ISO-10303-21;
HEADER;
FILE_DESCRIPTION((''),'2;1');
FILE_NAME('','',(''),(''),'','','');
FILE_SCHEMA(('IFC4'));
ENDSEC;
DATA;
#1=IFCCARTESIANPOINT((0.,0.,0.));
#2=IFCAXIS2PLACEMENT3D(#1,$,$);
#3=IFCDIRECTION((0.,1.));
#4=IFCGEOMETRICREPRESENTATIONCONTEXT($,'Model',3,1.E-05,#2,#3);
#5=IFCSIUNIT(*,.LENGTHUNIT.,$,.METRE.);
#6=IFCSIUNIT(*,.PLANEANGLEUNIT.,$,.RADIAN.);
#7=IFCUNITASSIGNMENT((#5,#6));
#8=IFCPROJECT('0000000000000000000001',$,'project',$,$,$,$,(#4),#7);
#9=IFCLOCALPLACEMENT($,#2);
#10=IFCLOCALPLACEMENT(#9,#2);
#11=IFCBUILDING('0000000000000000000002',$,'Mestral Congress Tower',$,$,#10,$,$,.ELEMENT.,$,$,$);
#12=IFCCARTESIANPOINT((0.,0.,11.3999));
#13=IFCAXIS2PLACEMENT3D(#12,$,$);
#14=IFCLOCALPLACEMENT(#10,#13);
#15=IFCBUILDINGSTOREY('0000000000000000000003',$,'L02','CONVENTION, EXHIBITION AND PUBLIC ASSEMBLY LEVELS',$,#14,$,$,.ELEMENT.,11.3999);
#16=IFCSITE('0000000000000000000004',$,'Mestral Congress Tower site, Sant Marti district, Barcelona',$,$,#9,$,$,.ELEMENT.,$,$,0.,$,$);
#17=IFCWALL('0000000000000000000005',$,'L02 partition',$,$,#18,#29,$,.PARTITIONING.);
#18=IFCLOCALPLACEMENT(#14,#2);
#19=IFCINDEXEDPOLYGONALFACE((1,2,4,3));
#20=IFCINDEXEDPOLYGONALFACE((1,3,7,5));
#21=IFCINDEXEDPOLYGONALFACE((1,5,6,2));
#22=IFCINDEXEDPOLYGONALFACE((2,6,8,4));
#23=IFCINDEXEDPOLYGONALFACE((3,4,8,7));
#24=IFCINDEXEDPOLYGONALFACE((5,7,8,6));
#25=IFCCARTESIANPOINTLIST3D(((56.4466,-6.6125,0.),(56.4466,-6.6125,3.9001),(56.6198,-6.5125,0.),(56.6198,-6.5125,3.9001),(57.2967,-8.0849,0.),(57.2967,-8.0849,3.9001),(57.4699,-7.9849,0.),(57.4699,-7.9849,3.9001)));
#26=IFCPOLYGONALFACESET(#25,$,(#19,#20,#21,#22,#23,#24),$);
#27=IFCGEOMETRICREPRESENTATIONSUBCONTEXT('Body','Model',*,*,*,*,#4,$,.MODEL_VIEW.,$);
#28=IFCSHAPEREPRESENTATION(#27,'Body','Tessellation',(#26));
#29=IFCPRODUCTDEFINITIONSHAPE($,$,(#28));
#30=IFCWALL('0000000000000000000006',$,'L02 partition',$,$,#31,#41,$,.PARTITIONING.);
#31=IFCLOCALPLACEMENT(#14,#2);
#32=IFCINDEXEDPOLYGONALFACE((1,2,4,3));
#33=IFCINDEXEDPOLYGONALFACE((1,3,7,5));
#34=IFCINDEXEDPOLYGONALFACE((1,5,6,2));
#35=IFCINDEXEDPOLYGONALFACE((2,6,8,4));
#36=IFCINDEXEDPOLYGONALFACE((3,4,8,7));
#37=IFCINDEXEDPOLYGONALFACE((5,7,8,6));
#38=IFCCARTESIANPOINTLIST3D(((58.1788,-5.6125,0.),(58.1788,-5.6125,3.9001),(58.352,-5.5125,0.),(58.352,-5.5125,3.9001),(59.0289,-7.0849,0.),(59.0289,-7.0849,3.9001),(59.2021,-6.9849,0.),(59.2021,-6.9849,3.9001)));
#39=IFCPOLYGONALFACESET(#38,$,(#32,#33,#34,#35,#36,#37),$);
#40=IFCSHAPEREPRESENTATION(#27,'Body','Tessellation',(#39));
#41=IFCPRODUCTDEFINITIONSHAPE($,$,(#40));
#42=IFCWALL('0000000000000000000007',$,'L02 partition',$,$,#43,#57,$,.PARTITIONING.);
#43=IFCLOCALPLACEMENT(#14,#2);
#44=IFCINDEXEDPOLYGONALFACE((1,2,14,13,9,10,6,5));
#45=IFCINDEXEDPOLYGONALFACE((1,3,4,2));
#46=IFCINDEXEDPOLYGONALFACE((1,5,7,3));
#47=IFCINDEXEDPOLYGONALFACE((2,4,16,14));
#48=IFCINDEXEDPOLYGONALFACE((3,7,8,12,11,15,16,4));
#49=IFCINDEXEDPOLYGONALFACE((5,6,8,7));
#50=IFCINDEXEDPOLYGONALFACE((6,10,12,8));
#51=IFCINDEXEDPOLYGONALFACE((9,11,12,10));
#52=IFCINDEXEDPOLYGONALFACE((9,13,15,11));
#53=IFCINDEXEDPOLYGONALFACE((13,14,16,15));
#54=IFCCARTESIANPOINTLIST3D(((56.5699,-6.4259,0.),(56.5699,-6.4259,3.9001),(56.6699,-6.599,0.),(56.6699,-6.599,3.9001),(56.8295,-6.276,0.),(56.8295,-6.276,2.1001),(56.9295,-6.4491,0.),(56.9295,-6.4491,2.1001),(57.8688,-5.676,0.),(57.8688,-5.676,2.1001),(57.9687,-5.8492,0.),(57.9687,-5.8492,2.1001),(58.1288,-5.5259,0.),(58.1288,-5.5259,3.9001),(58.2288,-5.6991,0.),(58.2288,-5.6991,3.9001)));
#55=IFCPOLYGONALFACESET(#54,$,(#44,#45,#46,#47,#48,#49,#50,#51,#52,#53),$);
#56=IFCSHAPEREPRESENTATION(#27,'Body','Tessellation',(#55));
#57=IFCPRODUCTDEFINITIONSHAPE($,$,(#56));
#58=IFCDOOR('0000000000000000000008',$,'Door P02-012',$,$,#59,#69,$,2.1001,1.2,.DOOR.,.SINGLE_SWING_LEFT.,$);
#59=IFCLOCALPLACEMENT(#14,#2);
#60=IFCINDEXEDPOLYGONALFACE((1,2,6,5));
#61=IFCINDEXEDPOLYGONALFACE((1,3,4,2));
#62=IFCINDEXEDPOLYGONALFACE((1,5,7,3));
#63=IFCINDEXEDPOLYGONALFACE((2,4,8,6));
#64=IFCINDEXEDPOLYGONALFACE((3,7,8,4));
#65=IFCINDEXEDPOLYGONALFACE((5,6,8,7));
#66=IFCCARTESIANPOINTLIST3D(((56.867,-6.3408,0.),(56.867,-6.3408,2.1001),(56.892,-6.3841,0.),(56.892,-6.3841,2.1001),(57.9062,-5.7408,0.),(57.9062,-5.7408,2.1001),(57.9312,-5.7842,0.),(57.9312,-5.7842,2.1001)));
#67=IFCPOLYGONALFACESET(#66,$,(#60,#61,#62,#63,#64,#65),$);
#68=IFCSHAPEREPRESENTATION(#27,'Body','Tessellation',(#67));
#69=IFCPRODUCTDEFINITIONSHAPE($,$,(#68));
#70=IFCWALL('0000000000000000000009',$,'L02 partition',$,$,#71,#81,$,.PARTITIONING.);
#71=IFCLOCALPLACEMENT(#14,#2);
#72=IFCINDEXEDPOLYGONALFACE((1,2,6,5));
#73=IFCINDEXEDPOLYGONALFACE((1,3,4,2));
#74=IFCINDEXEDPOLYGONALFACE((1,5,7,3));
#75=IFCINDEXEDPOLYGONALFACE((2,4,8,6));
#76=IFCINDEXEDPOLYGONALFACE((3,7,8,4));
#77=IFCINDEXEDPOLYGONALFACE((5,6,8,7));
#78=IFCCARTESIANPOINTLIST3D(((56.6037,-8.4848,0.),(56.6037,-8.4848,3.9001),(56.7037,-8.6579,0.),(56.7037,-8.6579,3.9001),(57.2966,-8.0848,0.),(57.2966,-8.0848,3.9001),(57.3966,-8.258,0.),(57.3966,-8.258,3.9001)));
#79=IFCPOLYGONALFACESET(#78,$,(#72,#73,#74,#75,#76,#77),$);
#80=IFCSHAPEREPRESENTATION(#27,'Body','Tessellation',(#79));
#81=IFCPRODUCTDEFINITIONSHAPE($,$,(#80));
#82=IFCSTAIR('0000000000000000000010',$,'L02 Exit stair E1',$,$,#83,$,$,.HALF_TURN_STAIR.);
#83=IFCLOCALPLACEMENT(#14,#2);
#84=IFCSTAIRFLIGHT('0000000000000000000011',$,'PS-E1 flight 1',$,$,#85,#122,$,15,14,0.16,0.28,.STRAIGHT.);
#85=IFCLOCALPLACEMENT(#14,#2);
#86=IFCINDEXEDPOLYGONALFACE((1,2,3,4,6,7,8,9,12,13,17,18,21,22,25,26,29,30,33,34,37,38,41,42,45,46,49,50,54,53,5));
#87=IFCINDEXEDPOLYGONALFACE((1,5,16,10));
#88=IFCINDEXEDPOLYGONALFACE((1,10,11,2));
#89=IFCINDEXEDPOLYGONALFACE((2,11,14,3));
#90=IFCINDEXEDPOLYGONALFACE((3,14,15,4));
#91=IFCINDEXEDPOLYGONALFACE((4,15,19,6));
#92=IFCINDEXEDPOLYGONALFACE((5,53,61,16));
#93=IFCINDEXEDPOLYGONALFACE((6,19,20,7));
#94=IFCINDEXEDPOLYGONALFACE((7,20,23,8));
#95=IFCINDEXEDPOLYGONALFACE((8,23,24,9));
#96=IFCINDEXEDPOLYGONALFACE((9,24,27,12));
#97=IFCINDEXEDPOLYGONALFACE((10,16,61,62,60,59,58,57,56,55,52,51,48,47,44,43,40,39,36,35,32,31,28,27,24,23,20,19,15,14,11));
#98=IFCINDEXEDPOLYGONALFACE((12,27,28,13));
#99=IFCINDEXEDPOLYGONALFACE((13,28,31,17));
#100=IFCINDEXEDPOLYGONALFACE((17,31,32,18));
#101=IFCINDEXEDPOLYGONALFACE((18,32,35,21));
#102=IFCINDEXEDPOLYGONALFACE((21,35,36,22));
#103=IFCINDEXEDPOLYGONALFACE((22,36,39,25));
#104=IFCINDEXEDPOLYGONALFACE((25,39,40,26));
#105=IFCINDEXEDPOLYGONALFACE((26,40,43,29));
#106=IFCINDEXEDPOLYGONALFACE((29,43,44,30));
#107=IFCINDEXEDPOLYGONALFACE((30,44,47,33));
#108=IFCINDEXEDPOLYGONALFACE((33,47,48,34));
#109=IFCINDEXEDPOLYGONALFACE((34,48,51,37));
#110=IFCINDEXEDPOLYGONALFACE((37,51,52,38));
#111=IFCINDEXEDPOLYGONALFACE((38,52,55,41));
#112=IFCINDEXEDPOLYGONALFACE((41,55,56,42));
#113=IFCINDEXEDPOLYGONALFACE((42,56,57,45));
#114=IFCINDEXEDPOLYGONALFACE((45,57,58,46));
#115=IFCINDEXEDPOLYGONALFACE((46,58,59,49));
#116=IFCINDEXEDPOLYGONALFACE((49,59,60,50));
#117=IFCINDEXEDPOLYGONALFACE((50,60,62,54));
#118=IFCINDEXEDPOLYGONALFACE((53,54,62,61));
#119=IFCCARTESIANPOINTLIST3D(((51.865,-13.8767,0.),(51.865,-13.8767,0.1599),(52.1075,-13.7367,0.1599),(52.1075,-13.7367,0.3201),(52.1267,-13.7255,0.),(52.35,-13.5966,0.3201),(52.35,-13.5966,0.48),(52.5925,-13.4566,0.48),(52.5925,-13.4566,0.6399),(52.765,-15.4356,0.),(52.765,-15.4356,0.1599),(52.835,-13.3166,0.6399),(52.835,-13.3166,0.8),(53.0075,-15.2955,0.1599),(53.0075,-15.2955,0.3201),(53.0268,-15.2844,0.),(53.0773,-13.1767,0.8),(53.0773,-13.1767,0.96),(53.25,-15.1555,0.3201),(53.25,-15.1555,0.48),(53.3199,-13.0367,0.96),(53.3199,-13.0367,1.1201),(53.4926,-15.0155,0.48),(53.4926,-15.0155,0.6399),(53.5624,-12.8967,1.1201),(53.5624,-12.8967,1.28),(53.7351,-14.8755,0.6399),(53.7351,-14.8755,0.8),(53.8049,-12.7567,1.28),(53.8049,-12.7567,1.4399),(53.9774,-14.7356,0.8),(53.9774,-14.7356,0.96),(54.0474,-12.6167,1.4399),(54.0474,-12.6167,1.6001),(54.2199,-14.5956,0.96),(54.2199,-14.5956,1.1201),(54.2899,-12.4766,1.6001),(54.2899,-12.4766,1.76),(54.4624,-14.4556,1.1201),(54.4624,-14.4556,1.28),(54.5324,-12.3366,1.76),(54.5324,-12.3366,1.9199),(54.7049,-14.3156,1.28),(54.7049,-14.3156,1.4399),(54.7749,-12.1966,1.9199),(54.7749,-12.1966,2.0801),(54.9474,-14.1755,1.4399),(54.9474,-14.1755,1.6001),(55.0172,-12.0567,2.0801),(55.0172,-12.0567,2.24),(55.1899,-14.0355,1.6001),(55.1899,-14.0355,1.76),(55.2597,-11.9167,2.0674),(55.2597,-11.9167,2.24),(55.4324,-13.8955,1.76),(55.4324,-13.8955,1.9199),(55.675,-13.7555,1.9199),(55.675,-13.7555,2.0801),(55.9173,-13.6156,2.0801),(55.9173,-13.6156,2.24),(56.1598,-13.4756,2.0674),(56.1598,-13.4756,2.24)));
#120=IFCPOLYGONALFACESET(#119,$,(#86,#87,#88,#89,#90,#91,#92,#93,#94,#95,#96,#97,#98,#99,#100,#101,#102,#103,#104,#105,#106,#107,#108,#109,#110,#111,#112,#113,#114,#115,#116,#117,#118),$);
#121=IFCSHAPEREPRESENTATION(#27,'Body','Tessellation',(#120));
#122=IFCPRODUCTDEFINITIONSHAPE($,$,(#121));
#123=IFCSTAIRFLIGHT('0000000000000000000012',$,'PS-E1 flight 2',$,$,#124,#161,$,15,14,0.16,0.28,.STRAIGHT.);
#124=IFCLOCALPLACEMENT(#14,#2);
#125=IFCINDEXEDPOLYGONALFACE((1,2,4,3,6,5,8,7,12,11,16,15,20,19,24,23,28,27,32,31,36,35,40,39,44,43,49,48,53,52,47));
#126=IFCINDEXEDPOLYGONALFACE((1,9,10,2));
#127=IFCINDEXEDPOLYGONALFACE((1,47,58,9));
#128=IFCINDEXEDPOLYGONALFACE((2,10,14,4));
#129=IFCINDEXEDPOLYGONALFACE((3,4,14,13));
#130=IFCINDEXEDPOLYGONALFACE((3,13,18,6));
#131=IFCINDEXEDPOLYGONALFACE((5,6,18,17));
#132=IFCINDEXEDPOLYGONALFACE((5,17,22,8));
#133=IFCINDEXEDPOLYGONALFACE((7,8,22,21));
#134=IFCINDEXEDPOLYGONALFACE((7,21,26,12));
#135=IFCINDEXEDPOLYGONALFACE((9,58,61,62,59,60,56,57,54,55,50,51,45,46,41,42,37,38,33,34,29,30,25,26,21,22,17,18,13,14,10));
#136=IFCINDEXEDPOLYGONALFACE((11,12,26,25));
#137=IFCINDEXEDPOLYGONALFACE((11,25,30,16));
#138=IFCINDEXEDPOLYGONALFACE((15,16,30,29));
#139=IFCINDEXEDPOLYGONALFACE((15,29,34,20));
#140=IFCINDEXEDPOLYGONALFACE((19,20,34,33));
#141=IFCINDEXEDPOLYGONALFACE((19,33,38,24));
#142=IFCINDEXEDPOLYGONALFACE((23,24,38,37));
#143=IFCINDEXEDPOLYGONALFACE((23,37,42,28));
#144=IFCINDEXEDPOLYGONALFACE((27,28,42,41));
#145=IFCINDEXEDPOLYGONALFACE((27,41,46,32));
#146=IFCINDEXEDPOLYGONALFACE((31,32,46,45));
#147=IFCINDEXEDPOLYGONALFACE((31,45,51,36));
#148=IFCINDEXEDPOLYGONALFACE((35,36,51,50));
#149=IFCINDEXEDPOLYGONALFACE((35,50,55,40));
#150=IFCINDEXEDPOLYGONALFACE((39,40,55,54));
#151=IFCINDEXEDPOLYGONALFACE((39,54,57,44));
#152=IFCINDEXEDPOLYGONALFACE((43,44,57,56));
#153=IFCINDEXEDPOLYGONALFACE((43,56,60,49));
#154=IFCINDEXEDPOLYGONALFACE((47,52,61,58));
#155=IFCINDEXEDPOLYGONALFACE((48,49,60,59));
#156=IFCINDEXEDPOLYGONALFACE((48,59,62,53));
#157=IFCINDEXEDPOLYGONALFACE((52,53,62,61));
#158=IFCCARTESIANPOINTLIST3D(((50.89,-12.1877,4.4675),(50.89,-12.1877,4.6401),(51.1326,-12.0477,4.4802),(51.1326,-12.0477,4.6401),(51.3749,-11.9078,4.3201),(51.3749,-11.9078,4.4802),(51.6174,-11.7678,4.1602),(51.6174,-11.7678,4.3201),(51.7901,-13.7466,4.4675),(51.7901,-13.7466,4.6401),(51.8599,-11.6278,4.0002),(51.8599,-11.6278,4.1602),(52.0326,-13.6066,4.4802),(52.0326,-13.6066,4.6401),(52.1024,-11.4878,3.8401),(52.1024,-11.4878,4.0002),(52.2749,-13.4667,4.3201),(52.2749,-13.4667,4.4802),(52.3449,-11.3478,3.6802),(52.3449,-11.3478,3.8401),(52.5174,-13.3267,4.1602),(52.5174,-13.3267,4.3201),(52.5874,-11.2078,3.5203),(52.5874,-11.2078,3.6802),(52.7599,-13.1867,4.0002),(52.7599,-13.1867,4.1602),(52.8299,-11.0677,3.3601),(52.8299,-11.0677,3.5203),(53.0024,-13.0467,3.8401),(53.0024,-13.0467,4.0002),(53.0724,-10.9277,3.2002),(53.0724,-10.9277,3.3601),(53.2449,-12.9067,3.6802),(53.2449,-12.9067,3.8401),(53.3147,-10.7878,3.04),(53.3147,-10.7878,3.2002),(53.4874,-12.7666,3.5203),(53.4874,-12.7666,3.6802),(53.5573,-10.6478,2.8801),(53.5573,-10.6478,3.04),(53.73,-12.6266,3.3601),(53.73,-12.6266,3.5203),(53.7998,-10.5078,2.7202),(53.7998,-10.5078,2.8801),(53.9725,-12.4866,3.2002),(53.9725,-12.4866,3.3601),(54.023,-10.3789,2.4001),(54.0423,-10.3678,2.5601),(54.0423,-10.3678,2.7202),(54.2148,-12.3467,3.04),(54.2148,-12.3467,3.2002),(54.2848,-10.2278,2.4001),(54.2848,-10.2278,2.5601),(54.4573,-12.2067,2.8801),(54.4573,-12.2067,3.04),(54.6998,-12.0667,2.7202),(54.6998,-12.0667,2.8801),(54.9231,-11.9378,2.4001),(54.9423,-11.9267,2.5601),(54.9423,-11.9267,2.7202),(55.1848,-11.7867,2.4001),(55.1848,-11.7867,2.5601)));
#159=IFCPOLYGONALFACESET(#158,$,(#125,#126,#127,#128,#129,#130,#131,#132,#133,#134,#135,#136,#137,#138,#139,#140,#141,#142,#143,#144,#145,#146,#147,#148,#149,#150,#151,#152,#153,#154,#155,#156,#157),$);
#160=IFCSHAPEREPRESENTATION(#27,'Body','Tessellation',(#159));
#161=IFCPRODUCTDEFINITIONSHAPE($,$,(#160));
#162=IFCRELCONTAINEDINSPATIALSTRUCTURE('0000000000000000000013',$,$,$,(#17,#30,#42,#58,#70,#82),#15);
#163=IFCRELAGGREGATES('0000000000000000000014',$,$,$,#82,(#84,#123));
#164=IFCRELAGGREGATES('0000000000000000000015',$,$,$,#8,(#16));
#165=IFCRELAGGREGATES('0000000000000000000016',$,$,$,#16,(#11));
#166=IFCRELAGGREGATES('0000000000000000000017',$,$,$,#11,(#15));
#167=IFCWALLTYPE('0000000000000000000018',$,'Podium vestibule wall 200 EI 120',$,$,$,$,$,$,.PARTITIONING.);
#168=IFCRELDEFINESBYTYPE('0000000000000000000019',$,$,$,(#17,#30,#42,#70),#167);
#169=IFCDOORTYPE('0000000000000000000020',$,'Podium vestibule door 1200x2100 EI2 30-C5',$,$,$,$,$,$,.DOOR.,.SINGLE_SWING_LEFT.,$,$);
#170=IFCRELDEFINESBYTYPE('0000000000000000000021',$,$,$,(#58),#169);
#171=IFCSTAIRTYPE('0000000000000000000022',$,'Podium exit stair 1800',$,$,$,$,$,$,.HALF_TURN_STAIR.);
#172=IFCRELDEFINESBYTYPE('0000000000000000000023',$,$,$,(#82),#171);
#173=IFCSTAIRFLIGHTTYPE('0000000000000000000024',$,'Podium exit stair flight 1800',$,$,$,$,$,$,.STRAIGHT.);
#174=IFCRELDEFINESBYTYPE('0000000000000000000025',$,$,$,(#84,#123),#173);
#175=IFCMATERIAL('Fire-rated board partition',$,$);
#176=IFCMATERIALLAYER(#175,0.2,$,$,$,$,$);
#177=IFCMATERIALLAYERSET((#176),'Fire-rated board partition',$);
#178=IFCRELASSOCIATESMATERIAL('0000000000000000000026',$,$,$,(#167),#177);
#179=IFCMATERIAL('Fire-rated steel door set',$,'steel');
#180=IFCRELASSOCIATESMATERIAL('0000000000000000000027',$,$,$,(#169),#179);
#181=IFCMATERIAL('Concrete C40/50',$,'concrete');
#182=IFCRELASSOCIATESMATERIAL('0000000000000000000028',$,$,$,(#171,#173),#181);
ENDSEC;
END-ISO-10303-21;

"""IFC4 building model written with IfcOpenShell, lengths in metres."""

from ifc_helpers import new_model, si_unit, direction, frame, frame_2d, origin, place, context, subcontext, project, spatial, polyline, rectangle, outline, extrude, material, layer, layer_set, type_object, element, fill, aggregate, save


model = new_model("IFC4")

# Units and contexts
model_context = context("Model", 3, precision=1e-05, world=origin(), true_north=direction((0.0, 1.0)))
body_context = subcontext(model_context, "Body", "Model", "MODEL_VIEW")
ifc_project = project(units=[si_unit("LENGTHUNIT", "METRE"), si_unit("PLANEANGLEUNIT", "RADIAN")], contexts=[model_context])

# Site, building, storey
site_placement = place(None, origin())
site = spatial("IfcSite", under=ifc_project, at=site_placement, Name="Mestral Congress Tower site, Sant Marti district, Barcelona", CompositionType="ELEMENT", RefElevation=0.0)
building_placement = place(site_placement, origin())
building = spatial("IfcBuilding", under=site, at=building_placement, Name="Mestral Congress Tower", CompositionType="ELEMENT")
storey_placement = place(building_placement, frame((0.0, 0.0, 11.3999)))
storey = spatial("IfcBuildingStorey", under=building, at=storey_placement, Name="L02", Description="CONVENTION, EXHIBITION AND PUBLIC ASSEMBLY LEVELS", CompositionType="ELEMENT", Elevation=11.3999)

# Shared definitions
ifc_material_1 = material(Name="Fire-rated steel door set", Category="steel")

# Walls
ifc_material_2 = material(Name="Fire-rated board partition")
ifc_layer_1 = layer(ifc_material_2, 0.2)
ifc_layer_set_1 = layer_set([ifc_layer_1], Name="Fire-rated board partition")
wall_type_1 = type_object("IfcWallType", Name="Podium vestibule wall 200 EI 120", PredefinedType="PARTITIONING", material=ifc_layer_set_1)
for number, where, z_axis, x_axis, name in (
    (1, (57.3833, -8.0349, 0.0), (0.0, 0.0, 1.0), (-0.5, 0.866025, 0.0), "L02 partition"),
    (2, (59.1155, -7.0349, 0.0), (0.0, 0.0, 1.0), (-0.5, 0.866025, 0.0), "L02 partition"),
):
    element("IfcWall", number, at=place(storey_placement, frame(where, z_axis=z_axis, x_axis=x_axis)), inside=storey, type_object=wall_type_1, Name=name, PredefinedType="PARTITIONING", context=body_context, shape_type="SweptSolid", body=[
        extrude(rectangle(XDim=1.7002, YDim=0.2, at=frame_2d((0.8501, 0.0))), origin(), (0.0, 0.0, 1.0), 3.9001),
    ])

# Wall, opening, door
wall_1_placement = place(storey_placement, frame((58.1787, -5.6125, 0.0), z_axis=(0.0, 0.0, 1.0), x_axis=(-0.866048, -0.499961, 0.0)))
wall_1 = element("IfcWall", 3, at=wall_1_placement, inside=storey, type_object=wall_type_1, Name="L02 partition", PredefinedType="PARTITIONING", context=body_context, shape_type="SweptSolid", body=[
    extrude(rectangle(XDim=1.8, YDim=0.2, at=frame_2d((0.8999, 0.0))), origin(), (0.0, 0.0, 1.0), 3.9001),
])
opening_1_placement = place(wall_1_placement, frame((0.3, 0.0, 0.0)))
opening_1 = element("IfcOpeningElement", 4, at=opening_1_placement, cuts=wall_1, PredefinedType="OPENING", context=body_context, shape_type="SweptSolid", body=[
    extrude(rectangle(XDim=1.2, YDim=2.1001, at=frame_2d((0.6001, 1.05))), frame((0.0, 0.1099, 0.0), z_axis=(0.0, -1.0, 0.0), x_axis=(1.0, 0.0, 0.0)), (0.0, 0.0, 1.0), 0.22),
])
door_type_1 = type_object("IfcDoorType", Name="Podium vestibule door 1200x2100 EI2 30-C5", OperationType="SINGLE_SWING_LEFT", PredefinedType="DOOR", material=ifc_material_1)
door_1_placement = place(opening_1_placement, origin())
door_1 = element("IfcDoor", 5, at=door_1_placement, inside=storey, type_object=door_type_1, Name="Door P02-012", OperationType="SINGLE_SWING_LEFT", OverallHeight=2.1001, OverallWidth=1.2, PredefinedType="DOOR", context=body_context, shape_type="SweptSolid", body=[
    extrude(rectangle(XDim=1.2, YDim=2.1001, at=frame_2d((0.6001, 1.05))), frame((0.0, 0.0249, 0.0), z_axis=(0.0, -1.0, 0.0), x_axis=(1.0, 0.0, 0.0)), (0.0, 0.0, 1.0), 0.05),
])
fill(opening_1, door_1)

# Wall
wall_2_placement = place(storey_placement, frame((56.6538, -8.5713, 0.0), z_axis=(0.0, 0.0, 1.0), x_axis=(0.866094, 0.499881, 0.0)))
element("IfcWall", 6, at=wall_2_placement, inside=storey, type_object=wall_type_1, Name="L02 partition", PredefinedType="PARTITIONING", context=body_context, shape_type="SweptSolid", body=[
    extrude(rectangle(XDim=0.8, YDim=0.2, at=frame_2d((0.3999, 0.0))), origin(), (0.0, 0.0, 1.0), 3.9001),
])

# Stair, stair flights
ifc_material_3 = material(Name="Concrete C40/50", Category="concrete")
stair_type = type_object("IfcStairType", Name="Podium exit stair 1800", PredefinedType="HALF_TURN_STAIR", material=ifc_material_3)
placement = place(storey_placement, origin())
stair_1 = element("IfcStair", 7, at=placement, inside=storey, type_object=stair_type, Name="L02 Exit stair E1", PredefinedType="HALF_TURN_STAIR")
stair_flight_type = type_object("IfcStairFlightType", Name="Podium exit stair flight 1800", PredefinedType="STRAIGHT", material=ifc_material_3)
stair_flight_1_placement = place(storey_placement, frame((52.3149, -14.656, 0.0), z_axis=(0.0, 0.0, 1.0), x_axis=(0.866025, 0.5, 0.0)))
stair_flight_1 = element("IfcStairFlight", 8, at=stair_flight_1_placement, type_object=stair_flight_type, Name="PS-E1 flight 1", NumberOfRisers=15, NumberOfTreads=14, PredefinedType="STRAIGHT", RiserHeight=0.16, TreadLength=0.28, context=body_context, shape_type="SweptSolid", body=[
    extrude(outline(polyline([(0.0, 0.0), (0.0, 0.1599), (0.28, 0.1599), (0.28, 0.3201), (0.5601, 0.3201), (0.5601, 0.48), (0.8401, 0.48), (0.8401, 0.6399), (1.1201, 0.6399), (1.1201, 0.8), (1.3999, 0.8), (1.3999, 0.96), (1.6799, 0.96), (1.6799, 1.1201), (1.96, 1.1201), (1.96, 1.28), (2.24, 1.28), (2.24, 1.4399), (2.52, 1.4399), (2.52, 1.6001), (2.8, 1.6001), (2.8, 1.76), (3.0801, 1.76), (3.0801, 1.9199), (3.3601, 1.9199), (3.3601, 2.0801), (3.6399, 2.0801), (3.6399, 2.24), (3.9199, 2.24), (3.9199, 2.3999), (3.9199, 2.0674), (0.3022, 0.0), (0.0, 0.0)])), frame((0.0, 0.8999, 0.0), z_axis=(0.0, -1.0, 0.0), x_axis=(1.0, 0.0, 0.0)), (0.0, 0.0, 1.0), 1.8),
])
stair_flight_2_placement = place(storey_placement, frame((54.7349, -11.0073, 2.4001), z_axis=(0.0, 0.0, 1.0), x_axis=(-0.866025, -0.5, 0.0)))
stair_flight_2 = element("IfcStairFlight", 9, at=stair_flight_2_placement, type_object=stair_flight_type, Name="PS-E1 flight 2", NumberOfRisers=15, NumberOfTreads=14, PredefinedType="STRAIGHT", RiserHeight=0.16, TreadLength=0.28, context=body_context, shape_type="SweptSolid", body=[
    extrude(outline(polyline([(0.0, 0.0), (0.0, 0.1599), (0.28, 0.1599), (0.28, 0.3201), (0.5601, 0.3201), (0.5601, 0.48), (0.8401, 0.48), (0.8401, 0.6399), (1.1201, 0.6399), (1.1201, 0.8), (1.3999, 0.8), (1.3999, 0.96), (1.6799, 0.96), (1.6799, 1.1201), (1.96, 1.1201), (1.96, 1.28), (2.24, 1.28), (2.24, 1.4399), (2.52, 1.4399), (2.52, 1.6001), (2.8, 1.6001), (2.8, 1.76), (3.0801, 1.76), (3.0801, 1.9199), (3.3601, 1.9199), (3.3601, 2.0801), (3.6399, 2.0801), (3.6399, 2.24), (3.9199, 2.24), (3.9199, 2.3999), (3.9199, 2.0674), (0.3022, 0.0), (0.0, 0.0)])), frame((0.0, 0.8999, 0.0), z_axis=(0.0, -1.0, 0.0), x_axis=(1.0, 0.0, 0.0)), (0.0, 0.0, 1.0), 1.8),
])
aggregate(stair_1, [stair_flight_1, stair_flight_2])

save(model, "model.ifc")
